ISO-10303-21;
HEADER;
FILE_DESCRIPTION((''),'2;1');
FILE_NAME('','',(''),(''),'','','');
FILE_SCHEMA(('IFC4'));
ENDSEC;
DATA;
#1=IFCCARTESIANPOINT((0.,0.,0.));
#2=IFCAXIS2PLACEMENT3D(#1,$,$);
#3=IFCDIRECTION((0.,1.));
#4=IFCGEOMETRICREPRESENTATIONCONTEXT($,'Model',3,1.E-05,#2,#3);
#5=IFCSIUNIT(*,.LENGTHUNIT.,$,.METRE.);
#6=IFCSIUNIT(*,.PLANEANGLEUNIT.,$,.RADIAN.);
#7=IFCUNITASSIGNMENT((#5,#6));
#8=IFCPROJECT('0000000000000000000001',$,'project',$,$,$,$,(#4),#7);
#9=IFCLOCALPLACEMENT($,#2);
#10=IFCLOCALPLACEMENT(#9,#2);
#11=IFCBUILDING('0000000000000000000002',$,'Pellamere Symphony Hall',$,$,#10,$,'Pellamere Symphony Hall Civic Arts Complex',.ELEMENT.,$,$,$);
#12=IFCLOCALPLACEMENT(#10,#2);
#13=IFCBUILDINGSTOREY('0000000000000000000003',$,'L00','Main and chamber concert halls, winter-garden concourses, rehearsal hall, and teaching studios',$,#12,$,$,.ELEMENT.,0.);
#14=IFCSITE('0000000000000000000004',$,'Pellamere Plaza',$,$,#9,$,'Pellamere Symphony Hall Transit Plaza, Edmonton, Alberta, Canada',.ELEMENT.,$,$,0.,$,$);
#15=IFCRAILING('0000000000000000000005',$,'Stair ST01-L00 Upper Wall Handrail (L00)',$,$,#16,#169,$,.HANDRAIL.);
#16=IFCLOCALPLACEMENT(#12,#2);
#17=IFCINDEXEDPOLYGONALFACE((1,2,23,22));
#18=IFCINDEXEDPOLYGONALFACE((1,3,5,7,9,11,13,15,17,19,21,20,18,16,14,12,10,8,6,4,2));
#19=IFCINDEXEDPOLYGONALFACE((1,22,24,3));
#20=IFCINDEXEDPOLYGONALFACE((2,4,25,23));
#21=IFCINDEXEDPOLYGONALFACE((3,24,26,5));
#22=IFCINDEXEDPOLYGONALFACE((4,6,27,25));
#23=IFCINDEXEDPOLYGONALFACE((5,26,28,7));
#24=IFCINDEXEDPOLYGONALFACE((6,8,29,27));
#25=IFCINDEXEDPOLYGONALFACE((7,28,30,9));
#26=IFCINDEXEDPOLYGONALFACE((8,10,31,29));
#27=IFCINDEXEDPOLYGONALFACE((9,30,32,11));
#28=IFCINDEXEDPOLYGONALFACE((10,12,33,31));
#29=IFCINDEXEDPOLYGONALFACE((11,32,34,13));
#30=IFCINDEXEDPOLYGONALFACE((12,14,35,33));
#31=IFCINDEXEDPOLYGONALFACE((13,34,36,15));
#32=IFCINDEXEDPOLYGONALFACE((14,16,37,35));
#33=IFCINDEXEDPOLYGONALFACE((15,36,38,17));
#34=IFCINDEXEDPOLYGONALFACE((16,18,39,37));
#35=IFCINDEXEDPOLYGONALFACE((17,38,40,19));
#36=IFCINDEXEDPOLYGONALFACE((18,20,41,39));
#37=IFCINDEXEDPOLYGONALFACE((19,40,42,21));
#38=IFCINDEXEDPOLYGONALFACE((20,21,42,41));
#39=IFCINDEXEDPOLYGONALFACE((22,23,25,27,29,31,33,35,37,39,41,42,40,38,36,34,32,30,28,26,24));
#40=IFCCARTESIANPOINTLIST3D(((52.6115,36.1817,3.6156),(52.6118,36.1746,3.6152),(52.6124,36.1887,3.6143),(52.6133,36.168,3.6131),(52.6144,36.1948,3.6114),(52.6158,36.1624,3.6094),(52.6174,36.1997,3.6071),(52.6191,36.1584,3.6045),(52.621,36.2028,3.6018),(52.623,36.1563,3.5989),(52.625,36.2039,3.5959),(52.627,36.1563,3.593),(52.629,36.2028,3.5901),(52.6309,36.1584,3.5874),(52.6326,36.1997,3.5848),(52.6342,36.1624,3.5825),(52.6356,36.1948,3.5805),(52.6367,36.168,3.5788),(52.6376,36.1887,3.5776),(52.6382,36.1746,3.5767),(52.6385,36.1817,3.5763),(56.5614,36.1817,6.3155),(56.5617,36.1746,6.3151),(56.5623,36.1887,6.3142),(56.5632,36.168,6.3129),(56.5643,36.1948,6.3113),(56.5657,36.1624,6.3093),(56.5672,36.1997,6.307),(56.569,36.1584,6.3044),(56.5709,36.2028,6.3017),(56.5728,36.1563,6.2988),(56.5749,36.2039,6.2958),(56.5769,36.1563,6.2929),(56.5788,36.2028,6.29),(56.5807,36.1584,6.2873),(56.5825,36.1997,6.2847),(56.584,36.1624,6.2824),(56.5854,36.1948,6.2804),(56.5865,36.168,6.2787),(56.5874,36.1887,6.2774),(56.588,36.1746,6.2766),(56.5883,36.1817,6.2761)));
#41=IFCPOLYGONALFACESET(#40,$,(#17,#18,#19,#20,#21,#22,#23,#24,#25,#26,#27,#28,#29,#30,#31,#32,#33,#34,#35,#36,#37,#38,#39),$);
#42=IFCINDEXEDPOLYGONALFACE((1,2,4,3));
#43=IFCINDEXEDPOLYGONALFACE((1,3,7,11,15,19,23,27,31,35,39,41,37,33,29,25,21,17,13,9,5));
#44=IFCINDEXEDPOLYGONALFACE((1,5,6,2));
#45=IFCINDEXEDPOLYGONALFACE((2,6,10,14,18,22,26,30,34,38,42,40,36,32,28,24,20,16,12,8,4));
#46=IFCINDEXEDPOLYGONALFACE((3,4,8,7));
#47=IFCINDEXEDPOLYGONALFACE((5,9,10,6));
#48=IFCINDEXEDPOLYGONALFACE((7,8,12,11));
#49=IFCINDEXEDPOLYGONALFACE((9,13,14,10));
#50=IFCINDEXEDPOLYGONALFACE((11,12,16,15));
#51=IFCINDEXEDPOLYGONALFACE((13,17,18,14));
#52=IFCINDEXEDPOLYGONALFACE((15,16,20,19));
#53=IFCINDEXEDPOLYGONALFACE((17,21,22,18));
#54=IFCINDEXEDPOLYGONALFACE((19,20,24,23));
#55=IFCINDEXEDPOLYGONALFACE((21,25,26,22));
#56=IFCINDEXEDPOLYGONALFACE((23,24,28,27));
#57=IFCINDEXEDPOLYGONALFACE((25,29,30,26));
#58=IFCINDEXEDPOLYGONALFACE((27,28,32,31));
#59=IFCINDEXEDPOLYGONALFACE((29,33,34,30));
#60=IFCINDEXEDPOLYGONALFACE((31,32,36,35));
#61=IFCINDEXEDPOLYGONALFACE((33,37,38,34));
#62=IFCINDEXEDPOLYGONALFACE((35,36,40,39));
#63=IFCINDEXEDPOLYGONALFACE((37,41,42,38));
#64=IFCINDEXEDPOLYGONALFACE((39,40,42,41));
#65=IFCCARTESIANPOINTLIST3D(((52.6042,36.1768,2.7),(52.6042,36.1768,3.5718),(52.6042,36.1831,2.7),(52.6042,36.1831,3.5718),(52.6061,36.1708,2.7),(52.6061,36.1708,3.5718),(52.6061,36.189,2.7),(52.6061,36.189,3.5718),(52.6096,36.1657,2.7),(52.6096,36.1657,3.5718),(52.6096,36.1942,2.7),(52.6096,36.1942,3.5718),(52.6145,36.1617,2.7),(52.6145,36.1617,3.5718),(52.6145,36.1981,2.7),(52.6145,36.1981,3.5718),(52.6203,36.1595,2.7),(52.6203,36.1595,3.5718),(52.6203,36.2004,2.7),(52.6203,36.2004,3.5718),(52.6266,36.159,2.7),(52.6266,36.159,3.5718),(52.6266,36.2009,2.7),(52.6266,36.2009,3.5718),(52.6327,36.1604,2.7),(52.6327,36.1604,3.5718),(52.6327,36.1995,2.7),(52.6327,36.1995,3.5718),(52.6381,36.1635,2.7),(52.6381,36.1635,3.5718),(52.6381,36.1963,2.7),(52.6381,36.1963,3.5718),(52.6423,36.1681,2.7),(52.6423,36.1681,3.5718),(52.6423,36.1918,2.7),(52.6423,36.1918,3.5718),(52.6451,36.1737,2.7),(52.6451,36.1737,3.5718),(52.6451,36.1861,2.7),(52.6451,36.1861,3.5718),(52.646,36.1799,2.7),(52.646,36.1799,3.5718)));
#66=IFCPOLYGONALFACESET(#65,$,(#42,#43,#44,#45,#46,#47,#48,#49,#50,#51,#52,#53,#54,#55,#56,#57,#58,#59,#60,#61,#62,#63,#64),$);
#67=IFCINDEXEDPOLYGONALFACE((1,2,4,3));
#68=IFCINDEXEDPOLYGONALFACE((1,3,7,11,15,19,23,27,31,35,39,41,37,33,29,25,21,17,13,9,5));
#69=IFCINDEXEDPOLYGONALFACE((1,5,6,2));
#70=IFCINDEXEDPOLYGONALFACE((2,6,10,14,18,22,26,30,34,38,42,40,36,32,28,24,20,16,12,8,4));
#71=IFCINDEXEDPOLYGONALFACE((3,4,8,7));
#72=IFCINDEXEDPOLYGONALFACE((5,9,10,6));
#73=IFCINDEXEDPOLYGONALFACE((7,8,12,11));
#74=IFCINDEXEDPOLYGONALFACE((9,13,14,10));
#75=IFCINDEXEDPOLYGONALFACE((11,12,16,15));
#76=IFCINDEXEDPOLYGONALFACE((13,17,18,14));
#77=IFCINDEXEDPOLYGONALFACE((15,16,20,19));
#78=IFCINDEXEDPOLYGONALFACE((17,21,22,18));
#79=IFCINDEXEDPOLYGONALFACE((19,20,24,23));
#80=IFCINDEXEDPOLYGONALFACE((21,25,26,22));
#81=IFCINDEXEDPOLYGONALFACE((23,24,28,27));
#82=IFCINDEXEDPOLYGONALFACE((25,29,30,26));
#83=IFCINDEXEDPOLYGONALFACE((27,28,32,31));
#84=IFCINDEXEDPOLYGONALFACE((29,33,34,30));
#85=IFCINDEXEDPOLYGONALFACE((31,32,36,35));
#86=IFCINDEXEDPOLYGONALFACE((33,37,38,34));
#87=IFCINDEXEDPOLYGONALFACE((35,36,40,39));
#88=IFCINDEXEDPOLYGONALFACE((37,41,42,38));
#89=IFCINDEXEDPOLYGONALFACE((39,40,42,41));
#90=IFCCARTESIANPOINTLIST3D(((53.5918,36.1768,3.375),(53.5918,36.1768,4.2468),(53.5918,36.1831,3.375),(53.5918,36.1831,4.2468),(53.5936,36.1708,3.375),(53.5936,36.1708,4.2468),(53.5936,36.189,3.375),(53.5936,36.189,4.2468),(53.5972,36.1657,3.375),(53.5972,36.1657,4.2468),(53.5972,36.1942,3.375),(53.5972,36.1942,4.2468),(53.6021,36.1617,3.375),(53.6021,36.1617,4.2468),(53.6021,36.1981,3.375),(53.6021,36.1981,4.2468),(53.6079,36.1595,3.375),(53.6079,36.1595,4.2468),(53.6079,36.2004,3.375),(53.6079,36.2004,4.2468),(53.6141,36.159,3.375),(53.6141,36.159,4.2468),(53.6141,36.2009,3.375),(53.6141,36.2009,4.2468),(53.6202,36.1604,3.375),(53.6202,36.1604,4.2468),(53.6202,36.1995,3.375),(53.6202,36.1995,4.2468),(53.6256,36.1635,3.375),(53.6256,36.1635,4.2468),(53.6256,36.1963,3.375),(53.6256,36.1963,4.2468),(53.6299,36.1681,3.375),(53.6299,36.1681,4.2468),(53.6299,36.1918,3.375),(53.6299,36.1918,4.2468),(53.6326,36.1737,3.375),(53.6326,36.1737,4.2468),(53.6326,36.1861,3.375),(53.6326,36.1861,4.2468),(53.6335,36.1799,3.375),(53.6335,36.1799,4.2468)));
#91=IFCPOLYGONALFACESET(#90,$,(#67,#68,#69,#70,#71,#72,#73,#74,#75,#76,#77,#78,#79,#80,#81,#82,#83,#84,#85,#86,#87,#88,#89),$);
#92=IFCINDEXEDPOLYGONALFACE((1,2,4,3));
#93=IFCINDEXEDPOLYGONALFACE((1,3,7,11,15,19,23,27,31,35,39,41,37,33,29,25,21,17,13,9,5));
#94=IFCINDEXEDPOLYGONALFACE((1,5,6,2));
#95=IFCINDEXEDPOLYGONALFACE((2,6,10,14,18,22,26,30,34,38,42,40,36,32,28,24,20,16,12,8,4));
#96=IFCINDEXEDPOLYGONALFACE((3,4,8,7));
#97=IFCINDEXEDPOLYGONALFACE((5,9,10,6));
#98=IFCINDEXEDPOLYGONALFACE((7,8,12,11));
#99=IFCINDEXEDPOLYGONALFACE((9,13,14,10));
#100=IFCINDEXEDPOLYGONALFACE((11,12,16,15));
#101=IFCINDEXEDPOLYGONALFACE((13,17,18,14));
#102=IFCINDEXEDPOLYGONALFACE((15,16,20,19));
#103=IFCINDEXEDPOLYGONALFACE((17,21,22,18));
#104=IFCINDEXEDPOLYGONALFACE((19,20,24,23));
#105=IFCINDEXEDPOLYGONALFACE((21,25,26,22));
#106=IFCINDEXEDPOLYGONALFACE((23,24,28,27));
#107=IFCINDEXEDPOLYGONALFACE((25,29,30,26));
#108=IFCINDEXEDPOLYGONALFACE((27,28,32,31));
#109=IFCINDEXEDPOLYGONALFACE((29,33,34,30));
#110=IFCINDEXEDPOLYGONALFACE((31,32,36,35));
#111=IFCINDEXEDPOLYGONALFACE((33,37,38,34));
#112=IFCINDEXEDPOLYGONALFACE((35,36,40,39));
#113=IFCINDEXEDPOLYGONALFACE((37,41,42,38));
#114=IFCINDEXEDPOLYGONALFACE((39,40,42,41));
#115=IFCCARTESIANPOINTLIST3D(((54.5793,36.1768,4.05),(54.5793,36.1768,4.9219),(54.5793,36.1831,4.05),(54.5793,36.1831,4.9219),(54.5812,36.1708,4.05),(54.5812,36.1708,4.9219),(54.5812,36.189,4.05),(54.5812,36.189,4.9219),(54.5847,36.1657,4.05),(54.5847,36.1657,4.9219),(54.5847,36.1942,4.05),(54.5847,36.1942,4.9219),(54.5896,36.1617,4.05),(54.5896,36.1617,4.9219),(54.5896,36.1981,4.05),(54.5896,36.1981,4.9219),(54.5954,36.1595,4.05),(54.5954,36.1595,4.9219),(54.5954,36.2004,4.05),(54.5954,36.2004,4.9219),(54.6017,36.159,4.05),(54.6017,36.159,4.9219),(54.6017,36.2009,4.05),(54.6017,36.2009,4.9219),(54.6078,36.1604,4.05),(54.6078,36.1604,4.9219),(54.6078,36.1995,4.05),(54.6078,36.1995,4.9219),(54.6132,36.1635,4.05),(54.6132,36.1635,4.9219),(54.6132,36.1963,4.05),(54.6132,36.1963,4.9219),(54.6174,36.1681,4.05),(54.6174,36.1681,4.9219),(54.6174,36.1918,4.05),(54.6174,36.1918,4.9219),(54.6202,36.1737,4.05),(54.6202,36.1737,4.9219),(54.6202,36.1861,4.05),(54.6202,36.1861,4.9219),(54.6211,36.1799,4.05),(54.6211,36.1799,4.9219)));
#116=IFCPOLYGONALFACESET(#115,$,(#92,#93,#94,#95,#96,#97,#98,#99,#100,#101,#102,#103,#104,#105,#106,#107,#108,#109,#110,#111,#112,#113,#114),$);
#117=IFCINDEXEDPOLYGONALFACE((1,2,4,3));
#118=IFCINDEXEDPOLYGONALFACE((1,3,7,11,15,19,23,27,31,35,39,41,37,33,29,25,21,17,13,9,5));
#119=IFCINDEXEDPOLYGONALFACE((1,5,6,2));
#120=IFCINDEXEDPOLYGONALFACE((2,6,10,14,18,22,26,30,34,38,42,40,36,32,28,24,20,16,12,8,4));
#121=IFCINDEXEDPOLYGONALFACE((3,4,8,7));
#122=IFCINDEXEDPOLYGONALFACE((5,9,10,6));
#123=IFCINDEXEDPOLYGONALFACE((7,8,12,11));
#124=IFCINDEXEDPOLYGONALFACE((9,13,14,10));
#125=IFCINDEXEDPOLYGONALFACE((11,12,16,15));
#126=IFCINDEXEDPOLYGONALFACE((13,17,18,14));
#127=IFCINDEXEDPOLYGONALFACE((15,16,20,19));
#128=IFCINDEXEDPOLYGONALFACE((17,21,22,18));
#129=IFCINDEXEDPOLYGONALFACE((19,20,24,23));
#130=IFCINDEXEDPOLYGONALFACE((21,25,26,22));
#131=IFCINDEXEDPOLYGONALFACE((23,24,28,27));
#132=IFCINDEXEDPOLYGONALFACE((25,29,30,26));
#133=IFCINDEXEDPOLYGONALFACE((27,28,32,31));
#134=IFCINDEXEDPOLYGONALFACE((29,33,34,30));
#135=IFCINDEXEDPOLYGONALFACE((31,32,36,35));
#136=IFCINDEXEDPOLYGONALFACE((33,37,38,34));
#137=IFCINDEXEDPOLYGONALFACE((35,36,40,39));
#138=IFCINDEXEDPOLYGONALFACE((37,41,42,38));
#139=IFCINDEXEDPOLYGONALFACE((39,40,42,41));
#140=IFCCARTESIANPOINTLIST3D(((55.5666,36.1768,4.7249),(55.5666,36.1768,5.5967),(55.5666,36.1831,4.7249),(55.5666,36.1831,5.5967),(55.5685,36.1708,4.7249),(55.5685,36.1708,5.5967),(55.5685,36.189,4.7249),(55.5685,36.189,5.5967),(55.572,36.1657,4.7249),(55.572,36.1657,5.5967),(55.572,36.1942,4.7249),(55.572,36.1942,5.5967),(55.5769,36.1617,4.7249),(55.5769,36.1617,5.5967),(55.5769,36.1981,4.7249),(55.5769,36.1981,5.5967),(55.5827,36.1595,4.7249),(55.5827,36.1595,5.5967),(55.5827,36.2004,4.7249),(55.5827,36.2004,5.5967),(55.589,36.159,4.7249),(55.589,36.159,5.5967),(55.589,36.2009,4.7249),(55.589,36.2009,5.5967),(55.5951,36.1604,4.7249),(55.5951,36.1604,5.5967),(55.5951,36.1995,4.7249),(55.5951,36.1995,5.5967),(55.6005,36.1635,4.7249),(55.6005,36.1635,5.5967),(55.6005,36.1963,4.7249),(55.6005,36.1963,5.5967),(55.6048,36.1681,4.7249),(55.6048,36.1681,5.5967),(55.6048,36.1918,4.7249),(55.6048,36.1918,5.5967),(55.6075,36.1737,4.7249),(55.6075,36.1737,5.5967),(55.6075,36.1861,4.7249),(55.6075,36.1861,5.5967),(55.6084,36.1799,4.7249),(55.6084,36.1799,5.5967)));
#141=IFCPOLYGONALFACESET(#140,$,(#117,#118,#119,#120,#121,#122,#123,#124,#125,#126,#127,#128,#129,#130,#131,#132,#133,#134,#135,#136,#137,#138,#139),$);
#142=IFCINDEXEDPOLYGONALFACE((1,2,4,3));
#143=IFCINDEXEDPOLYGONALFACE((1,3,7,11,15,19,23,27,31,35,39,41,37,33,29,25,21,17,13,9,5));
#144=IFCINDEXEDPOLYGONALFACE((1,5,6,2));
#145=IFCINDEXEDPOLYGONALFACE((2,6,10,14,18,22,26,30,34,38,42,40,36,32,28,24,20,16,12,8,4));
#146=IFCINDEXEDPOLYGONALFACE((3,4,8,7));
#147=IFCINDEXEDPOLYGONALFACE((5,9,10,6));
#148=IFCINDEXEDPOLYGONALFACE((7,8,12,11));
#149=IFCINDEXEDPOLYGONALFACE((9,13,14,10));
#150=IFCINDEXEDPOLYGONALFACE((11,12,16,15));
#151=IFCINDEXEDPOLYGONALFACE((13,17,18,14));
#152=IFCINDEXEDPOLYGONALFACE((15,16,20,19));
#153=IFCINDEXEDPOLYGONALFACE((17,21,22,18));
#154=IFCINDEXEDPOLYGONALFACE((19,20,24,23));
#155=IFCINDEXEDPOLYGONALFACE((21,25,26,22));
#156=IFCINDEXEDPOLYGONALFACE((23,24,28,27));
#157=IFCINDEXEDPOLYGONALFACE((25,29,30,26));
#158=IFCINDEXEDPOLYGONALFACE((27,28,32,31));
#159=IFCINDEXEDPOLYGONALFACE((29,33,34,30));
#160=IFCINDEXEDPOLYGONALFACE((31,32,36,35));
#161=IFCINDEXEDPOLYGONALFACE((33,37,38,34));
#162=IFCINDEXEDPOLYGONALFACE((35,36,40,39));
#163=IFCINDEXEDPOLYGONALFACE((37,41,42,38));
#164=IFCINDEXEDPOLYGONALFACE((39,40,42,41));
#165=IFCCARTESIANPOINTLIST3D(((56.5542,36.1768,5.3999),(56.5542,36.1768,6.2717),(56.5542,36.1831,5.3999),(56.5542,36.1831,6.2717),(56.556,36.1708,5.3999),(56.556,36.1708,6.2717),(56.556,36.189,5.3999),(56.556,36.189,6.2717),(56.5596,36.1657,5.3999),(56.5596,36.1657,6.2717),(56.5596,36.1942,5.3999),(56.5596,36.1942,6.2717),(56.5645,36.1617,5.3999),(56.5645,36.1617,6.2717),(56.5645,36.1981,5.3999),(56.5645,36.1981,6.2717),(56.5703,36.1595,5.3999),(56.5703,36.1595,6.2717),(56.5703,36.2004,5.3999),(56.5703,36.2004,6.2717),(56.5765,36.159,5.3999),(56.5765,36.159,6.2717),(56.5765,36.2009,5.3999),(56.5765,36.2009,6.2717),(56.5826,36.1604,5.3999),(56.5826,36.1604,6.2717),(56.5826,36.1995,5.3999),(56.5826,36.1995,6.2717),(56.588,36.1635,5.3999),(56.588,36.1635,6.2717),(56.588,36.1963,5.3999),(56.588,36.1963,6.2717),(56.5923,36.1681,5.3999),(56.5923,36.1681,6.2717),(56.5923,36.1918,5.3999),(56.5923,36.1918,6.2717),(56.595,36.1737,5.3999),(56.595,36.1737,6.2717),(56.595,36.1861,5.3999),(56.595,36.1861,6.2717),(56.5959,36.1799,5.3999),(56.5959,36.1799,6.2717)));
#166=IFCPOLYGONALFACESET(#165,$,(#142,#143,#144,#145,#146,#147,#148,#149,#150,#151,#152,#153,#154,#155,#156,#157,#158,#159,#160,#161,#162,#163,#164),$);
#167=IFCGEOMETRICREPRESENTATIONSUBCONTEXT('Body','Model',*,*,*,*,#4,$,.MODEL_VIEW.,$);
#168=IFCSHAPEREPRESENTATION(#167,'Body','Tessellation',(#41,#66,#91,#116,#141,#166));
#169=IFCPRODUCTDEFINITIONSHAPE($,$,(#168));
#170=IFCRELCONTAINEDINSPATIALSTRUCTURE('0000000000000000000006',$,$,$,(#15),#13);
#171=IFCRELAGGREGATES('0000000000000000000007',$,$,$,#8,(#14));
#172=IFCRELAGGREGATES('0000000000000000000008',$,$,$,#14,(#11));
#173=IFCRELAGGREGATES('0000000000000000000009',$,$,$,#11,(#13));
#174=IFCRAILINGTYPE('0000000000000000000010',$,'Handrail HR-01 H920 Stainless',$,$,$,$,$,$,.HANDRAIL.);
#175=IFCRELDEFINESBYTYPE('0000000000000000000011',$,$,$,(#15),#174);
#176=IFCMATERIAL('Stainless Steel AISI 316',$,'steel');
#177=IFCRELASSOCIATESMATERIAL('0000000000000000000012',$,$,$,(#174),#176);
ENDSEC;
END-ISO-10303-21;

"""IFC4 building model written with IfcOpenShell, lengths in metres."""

from ifc_helpers import new_model, si_unit, direction, frame, origin, origin_2d, place, context, subcontext, project, spatial, circle, extrude, material, type_object, element, save


model = new_model("IFC4")

# Units and contexts
model_context = context("Model", 3, precision=1e-05, world=origin(), true_north=direction((0.0, 1.0)))
body_context = subcontext(model_context, "Body", "Model", "MODEL_VIEW")
ifc_project = project(units=[si_unit("LENGTHUNIT", "METRE"), si_unit("PLANEANGLEUNIT", "RADIAN")], contexts=[model_context])

# Site, building, storey
site_placement = place(None, origin())
site = spatial("IfcSite", under=ifc_project, at=site_placement, Name="Pellamere Plaza", LongName="Pellamere Symphony Hall Transit Plaza, Edmonton, Alberta, Canada", CompositionType="ELEMENT", RefElevation=0.0)
building_placement = place(site_placement, origin())
building = spatial("IfcBuilding", under=site, at=building_placement, Name="Pellamere Symphony Hall", LongName="Pellamere Symphony Hall Civic Arts Complex", CompositionType="ELEMENT")
storey_placement = place(building_placement, origin())
storey = spatial("IfcBuildingStorey", under=building, at=storey_placement, Name="L00", Description="Main and chamber concert halls, winter-garden concourses, rehearsal hall, and teaching studios", CompositionType="ELEMENT", Elevation=0.0)

# Railing
ifc_material_1 = material(Name="Stainless Steel AISI 316", Category="steel")
railing_type_1 = type_object("IfcRailingType", Name="Handrail HR-01 H920 Stainless", PredefinedType="HANDRAIL", material=ifc_material_1)
railing_1_placement = place(storey_placement, frame((52.625, 36.1799, 2.7)))
element("IfcRailing", 1, at=railing_1_placement, inside=storey, type_object=railing_type_1, Name="Stair ST01-L00 Upper Wall Handrail (L00)", PredefinedType="HANDRAIL", context=body_context, shape_type="SweptSolid", body=[
    extrude(circle(Radius=0.0239, at=origin_2d()), frame((0.0, 0.0, 0.896), z_axis=(0.825565, 0.0, 0.564307), x_axis=(0.0, 1.0, 0.0)), (0.0, 0.0, 1.0), 4.7844),
    extrude(circle(Radius=0.021, at=origin_2d()), origin(), (0.0, 0.0, 1.0), 0.8718),
    extrude(circle(Radius=0.021, at=origin_2d()), frame((0.9875, 0.0, 0.675)), (0.0, 0.0, 1.0), 0.8718),
    extrude(circle(Radius=0.021, at=origin_2d()), frame((1.9751, 0.0, 1.3501)), (0.0, 0.0, 1.0), 0.8718),
    extrude(circle(Radius=0.021, at=origin_2d()), frame((2.9624, 0.0, 2.0249)), (0.0, 0.0, 1.0), 0.8718),
    extrude(circle(Radius=0.021, at=origin_2d()), frame((3.95, 0.0, 2.7)), (0.0, 0.0, 1.0), 0.8718),
])

save(model, "model.ifc")
